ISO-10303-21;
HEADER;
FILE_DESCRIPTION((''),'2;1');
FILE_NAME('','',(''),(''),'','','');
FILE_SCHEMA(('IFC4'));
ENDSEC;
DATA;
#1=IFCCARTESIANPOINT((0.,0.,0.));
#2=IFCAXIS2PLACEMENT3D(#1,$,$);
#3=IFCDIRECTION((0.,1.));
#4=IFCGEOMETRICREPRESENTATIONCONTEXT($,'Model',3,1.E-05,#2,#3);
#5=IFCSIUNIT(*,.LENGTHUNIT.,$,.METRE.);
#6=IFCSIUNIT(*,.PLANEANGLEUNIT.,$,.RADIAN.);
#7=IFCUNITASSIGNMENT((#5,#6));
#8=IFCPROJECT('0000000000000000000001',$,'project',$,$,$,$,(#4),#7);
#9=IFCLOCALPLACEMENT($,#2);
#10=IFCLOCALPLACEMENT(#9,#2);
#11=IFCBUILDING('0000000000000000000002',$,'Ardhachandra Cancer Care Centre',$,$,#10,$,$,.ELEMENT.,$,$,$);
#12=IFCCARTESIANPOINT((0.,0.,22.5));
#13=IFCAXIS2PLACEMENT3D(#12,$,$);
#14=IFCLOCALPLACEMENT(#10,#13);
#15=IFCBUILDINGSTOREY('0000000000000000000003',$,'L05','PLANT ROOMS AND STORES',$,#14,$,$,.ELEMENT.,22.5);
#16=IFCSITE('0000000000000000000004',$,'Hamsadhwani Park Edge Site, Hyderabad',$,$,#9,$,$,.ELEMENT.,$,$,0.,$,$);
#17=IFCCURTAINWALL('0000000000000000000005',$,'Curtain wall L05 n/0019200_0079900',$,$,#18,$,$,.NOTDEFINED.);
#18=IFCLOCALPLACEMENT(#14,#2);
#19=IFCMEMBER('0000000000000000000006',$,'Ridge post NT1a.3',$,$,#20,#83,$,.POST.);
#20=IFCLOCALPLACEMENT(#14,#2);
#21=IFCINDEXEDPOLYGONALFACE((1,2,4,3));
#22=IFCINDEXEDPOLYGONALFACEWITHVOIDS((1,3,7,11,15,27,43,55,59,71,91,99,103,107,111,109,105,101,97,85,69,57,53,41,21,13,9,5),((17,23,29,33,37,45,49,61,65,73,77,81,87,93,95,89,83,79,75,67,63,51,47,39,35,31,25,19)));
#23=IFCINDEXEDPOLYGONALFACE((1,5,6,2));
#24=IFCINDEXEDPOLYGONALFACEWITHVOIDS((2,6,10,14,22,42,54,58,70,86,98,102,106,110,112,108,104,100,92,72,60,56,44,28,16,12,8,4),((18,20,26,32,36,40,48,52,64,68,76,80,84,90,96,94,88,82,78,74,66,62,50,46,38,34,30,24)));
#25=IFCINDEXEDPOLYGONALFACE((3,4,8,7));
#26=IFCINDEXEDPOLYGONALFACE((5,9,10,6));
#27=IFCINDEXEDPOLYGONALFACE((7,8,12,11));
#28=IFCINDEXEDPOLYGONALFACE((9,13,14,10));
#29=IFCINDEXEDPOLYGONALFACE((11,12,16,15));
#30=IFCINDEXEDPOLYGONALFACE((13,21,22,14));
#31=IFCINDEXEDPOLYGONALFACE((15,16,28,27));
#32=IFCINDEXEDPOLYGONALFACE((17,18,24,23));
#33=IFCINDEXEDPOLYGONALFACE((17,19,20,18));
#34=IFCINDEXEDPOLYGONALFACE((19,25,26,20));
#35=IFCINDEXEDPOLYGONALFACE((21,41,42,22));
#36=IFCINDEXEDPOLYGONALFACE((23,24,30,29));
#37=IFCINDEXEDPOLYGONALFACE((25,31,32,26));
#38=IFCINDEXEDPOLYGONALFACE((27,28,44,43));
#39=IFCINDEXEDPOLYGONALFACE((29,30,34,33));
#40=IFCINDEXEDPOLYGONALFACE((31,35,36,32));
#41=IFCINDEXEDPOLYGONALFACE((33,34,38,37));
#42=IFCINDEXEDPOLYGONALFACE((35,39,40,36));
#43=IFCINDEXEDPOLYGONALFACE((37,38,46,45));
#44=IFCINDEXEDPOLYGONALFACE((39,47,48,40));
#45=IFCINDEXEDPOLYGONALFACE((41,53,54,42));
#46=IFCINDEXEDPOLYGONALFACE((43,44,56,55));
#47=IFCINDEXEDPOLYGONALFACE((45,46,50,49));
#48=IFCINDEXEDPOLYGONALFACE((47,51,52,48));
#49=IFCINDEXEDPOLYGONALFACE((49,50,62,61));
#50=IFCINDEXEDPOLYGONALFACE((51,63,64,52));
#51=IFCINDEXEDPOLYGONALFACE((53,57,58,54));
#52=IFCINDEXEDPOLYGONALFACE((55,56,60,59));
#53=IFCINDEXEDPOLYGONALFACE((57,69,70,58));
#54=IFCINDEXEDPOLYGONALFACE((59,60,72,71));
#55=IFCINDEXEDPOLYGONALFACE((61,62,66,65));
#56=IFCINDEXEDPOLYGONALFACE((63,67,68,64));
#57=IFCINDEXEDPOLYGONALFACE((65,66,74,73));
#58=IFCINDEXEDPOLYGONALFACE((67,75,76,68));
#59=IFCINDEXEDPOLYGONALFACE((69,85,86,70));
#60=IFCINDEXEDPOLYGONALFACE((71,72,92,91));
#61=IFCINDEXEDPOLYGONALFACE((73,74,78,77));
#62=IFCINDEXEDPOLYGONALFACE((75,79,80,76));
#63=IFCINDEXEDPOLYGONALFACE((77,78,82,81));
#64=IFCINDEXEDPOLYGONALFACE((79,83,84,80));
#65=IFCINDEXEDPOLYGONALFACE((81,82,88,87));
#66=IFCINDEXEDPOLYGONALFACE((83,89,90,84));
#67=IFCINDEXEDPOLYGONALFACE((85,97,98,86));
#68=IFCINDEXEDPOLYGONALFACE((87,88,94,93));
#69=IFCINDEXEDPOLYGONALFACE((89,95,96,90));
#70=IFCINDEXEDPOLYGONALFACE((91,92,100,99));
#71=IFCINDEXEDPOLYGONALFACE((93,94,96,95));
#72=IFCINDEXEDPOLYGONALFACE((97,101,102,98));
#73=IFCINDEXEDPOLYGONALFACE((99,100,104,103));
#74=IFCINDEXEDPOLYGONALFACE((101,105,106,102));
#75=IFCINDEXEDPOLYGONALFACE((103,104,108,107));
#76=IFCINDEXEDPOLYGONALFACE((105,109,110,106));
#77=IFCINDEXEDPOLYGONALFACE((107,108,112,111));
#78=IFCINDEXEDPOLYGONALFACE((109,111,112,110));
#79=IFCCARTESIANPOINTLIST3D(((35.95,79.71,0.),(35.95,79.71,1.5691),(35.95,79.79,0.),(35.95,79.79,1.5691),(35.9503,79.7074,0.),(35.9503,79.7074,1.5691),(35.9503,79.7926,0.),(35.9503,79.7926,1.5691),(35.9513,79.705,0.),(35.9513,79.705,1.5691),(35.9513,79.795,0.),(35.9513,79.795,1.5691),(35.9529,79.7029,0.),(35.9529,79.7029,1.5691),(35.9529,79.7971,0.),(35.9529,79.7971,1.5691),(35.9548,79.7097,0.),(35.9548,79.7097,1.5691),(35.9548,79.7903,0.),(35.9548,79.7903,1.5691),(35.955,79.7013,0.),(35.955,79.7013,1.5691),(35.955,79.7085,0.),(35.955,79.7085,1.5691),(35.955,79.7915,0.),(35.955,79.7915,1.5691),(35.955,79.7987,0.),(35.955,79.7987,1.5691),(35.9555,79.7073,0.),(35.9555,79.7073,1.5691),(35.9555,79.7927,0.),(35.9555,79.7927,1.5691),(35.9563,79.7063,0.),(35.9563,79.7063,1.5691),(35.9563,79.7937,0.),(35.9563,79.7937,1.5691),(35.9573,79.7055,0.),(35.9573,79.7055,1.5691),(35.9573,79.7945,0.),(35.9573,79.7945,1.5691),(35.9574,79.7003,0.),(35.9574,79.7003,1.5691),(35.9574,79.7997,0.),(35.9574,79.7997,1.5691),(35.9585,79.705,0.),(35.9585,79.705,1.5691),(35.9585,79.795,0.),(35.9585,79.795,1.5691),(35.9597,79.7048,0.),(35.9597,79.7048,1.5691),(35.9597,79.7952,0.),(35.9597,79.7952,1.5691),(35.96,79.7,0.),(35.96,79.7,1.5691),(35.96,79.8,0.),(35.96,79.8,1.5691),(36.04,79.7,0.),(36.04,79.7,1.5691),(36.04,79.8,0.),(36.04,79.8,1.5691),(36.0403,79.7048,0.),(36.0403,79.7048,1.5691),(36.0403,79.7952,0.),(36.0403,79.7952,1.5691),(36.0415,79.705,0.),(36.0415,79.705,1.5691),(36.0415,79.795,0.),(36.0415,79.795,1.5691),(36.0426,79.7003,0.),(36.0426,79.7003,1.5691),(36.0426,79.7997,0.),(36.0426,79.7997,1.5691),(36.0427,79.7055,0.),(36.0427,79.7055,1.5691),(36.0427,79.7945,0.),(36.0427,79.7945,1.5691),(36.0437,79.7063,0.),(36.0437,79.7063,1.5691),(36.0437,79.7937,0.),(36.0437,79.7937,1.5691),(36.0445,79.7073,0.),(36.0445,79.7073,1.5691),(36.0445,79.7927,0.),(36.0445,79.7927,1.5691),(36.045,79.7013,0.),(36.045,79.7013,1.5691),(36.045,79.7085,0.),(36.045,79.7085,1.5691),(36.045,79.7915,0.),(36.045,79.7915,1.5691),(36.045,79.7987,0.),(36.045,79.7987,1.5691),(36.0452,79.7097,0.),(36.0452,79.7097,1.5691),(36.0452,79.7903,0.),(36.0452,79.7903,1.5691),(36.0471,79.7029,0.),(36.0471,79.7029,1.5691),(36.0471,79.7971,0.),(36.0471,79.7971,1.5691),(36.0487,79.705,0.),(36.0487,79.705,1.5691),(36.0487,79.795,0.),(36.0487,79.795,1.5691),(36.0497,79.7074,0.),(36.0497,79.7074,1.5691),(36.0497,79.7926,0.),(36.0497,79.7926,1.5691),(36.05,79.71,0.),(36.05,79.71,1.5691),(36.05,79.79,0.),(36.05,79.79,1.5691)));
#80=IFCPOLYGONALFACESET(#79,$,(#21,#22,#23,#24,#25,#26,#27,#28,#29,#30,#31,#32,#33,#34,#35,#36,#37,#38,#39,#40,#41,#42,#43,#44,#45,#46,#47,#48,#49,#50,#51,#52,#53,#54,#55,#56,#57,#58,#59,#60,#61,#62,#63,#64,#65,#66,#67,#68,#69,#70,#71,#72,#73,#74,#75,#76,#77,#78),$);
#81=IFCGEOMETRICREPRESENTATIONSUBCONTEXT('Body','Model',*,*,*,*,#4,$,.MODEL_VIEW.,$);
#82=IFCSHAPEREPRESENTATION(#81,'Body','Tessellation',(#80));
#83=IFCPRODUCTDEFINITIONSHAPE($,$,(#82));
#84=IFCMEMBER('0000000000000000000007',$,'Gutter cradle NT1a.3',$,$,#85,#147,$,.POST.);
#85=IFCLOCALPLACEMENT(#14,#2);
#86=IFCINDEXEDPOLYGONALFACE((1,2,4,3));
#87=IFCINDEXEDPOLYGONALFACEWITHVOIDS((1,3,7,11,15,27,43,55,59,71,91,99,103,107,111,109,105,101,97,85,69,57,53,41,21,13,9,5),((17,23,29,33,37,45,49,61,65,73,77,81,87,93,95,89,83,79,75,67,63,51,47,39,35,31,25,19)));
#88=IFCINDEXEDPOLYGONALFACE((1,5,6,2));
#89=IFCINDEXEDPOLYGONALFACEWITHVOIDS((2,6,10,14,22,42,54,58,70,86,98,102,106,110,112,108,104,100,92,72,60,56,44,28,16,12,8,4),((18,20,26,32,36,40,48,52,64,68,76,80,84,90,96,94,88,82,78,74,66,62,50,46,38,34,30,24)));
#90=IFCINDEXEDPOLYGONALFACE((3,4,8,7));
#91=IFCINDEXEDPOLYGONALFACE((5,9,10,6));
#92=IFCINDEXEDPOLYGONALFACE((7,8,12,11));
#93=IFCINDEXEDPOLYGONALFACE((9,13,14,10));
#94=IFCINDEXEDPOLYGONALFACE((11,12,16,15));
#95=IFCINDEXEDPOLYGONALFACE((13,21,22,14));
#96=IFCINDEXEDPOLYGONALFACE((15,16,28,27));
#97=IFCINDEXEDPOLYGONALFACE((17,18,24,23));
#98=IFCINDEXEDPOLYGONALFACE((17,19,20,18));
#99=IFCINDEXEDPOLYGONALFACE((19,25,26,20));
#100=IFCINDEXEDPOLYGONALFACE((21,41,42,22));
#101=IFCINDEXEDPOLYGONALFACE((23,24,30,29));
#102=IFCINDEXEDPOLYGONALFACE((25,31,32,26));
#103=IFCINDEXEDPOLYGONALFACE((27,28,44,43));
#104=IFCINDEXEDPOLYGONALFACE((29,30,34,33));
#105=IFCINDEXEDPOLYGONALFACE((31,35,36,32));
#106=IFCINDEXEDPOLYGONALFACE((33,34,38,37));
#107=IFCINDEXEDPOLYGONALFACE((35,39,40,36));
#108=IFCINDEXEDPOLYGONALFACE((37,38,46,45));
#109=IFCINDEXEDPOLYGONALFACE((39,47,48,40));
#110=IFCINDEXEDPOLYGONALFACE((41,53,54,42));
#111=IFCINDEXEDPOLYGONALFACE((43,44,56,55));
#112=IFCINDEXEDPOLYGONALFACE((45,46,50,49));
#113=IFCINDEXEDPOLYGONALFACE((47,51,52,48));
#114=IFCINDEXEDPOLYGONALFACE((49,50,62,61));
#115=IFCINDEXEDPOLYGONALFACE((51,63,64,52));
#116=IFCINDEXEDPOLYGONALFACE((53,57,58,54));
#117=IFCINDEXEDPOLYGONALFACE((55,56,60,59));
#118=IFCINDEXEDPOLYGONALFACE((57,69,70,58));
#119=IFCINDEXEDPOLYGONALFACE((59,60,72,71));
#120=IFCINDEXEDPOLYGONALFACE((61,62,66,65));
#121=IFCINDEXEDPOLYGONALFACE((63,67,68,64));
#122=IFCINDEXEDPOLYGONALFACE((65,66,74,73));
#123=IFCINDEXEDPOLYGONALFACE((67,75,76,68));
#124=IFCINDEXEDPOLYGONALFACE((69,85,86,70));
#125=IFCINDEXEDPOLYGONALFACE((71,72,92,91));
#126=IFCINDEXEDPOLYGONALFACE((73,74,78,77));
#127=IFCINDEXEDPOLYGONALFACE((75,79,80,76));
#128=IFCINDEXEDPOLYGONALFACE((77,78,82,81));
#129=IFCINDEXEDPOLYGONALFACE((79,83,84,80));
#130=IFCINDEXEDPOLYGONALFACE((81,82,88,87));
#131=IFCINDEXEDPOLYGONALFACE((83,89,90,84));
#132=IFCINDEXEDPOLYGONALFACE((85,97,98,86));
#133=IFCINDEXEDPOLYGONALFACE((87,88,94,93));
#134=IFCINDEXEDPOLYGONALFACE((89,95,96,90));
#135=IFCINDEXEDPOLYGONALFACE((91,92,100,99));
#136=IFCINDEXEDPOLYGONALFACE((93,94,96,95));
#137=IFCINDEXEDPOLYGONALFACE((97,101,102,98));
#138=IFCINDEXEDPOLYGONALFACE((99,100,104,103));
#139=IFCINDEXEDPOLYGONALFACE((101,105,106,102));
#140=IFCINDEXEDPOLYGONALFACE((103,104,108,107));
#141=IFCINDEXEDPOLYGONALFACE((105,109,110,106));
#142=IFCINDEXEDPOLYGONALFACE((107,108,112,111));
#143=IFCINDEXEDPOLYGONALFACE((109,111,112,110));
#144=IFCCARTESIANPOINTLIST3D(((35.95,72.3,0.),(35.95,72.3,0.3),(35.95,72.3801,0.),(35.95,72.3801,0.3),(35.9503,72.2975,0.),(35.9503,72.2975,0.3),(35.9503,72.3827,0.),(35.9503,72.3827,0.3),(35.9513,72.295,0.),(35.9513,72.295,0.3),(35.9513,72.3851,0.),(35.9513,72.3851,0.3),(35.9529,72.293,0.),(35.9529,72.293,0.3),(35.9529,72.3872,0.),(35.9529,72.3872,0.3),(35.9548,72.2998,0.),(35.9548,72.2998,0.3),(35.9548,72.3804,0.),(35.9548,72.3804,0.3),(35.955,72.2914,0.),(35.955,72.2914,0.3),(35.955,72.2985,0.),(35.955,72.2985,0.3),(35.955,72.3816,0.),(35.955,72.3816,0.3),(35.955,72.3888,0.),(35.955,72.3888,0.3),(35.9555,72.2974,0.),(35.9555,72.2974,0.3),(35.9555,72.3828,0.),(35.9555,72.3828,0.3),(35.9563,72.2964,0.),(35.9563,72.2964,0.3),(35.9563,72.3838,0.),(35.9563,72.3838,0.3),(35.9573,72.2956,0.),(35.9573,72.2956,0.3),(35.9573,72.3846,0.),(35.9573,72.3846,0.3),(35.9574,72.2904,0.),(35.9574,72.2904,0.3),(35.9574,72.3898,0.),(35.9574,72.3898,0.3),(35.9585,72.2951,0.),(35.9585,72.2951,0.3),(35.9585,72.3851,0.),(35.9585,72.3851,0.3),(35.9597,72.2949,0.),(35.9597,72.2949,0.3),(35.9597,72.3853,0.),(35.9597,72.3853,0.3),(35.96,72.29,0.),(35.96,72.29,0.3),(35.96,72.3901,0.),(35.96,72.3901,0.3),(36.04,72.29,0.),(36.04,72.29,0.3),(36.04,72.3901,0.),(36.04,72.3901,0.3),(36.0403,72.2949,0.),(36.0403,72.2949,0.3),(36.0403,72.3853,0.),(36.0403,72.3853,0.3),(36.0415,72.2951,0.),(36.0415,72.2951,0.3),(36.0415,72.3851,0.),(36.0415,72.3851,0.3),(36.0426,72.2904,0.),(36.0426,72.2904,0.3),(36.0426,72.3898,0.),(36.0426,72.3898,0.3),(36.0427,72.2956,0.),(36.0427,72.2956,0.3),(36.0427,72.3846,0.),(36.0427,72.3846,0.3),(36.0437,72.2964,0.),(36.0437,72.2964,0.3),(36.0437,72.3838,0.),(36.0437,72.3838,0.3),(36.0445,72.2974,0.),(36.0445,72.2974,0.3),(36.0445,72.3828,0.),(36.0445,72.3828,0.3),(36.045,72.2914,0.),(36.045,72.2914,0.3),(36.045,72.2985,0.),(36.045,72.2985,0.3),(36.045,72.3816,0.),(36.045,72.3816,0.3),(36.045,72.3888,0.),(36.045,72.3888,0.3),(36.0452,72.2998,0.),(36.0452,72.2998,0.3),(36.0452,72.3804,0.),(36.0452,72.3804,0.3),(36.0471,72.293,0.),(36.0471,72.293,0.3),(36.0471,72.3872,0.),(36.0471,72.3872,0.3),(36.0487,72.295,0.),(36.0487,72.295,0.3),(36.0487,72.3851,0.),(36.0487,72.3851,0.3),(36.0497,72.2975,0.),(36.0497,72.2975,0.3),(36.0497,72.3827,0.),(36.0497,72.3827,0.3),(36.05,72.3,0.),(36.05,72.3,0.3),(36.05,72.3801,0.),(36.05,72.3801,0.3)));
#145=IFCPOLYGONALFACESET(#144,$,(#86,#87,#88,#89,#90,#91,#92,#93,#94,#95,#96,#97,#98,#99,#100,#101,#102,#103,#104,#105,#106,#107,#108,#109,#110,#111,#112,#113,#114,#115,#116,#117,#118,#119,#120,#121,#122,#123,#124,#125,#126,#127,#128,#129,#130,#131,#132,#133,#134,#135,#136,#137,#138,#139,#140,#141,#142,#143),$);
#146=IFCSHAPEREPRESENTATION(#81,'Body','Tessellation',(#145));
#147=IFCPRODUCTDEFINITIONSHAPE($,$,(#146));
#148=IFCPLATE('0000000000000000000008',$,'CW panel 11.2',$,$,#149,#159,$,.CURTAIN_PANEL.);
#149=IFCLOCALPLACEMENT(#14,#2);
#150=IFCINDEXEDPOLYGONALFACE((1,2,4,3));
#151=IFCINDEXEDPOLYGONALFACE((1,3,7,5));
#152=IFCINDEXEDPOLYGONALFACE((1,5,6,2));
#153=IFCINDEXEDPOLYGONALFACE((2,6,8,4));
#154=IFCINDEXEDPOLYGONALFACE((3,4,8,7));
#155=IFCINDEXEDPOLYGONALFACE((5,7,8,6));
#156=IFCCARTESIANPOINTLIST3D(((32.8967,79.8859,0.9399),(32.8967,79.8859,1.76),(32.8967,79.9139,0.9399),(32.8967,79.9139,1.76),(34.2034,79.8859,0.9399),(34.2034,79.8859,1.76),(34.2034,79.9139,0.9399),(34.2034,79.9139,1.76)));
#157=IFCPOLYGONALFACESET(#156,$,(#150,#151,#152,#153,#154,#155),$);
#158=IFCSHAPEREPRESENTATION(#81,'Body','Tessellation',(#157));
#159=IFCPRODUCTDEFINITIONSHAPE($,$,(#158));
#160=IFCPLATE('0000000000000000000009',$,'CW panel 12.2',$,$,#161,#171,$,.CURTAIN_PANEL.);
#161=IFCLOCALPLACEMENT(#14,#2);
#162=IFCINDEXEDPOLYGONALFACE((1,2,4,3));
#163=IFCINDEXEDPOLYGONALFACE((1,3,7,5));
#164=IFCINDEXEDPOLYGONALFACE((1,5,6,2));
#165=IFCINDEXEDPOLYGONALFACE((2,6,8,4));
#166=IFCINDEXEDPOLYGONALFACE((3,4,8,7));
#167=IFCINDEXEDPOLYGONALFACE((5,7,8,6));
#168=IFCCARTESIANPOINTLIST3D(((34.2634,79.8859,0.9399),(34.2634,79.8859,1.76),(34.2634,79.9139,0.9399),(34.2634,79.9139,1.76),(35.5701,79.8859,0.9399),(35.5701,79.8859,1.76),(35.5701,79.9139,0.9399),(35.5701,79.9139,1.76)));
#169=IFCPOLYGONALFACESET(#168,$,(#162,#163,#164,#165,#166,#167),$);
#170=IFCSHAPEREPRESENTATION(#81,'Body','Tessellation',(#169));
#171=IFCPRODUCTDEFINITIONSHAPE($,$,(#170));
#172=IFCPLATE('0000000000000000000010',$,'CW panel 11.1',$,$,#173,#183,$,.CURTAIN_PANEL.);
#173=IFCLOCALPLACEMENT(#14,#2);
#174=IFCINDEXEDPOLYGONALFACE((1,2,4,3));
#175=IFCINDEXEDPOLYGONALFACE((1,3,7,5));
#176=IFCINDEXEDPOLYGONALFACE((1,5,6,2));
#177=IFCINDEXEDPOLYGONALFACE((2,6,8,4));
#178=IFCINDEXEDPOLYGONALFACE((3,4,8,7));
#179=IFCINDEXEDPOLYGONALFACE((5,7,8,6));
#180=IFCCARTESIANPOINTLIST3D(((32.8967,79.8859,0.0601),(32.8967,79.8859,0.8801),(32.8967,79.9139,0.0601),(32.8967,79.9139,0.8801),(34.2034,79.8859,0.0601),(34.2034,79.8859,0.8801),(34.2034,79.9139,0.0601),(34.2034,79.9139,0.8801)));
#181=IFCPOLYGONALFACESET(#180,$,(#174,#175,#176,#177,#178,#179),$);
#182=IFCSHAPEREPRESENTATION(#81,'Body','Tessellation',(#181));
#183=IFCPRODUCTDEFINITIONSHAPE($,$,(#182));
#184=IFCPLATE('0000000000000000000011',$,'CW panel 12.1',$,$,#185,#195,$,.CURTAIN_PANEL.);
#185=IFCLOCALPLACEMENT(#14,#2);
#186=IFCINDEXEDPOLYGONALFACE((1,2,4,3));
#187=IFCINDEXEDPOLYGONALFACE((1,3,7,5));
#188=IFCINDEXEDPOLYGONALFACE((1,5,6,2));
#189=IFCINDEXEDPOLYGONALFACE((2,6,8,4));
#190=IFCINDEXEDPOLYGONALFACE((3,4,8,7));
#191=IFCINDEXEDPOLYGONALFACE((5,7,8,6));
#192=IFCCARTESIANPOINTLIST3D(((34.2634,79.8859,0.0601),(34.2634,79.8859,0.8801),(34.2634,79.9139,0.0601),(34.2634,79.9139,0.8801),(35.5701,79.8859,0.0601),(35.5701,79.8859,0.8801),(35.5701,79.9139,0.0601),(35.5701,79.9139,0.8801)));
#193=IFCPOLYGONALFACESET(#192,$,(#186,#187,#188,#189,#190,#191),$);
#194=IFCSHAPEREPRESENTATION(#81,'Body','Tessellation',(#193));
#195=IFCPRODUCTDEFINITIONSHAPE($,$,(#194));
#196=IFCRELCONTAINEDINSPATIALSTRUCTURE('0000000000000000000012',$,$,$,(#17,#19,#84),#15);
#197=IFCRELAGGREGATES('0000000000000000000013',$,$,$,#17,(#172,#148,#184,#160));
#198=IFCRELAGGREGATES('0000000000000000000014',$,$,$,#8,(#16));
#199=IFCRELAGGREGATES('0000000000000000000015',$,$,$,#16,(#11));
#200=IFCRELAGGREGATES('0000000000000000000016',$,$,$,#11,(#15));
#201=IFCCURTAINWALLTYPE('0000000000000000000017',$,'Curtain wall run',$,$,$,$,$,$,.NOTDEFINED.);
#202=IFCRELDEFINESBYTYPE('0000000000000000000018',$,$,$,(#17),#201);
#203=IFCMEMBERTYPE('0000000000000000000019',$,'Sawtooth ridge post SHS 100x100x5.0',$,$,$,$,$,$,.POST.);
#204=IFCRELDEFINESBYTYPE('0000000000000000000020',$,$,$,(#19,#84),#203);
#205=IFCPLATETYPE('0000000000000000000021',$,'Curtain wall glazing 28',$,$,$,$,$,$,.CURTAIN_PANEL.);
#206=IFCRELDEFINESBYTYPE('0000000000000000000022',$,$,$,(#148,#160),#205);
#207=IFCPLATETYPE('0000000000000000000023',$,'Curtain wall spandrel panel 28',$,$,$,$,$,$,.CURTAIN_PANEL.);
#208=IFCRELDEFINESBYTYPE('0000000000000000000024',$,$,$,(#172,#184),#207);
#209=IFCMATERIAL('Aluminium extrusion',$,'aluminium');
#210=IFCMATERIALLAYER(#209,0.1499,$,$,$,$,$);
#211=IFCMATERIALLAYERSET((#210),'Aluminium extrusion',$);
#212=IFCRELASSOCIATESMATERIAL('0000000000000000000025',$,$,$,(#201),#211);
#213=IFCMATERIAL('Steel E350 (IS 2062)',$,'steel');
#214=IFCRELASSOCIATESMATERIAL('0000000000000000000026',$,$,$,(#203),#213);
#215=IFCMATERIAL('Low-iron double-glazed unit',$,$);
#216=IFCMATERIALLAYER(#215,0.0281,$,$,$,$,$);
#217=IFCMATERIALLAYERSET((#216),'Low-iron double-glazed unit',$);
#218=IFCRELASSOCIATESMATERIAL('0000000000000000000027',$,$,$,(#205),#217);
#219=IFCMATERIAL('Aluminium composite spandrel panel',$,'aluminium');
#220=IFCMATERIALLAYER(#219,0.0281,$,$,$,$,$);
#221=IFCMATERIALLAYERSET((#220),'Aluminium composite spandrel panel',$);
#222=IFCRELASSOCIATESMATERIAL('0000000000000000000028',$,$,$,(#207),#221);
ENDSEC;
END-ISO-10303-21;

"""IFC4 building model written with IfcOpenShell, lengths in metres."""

from ifc_helpers import new_model, si_unit, direction, frame, origin, origin_2d, place, context, subcontext, project, spatial, rectangle, hollow_rectangle, extrude, material, layer, layer_set, material_profile, profile_set, type_object, element, aggregate, save


model = new_model("IFC4")

# Units and contexts
model_context = context("Model", 3, precision=1e-05, world=origin(), true_north=direction((0.0, 1.0)))
body_context = subcontext(model_context, "Body", "Model", "MODEL_VIEW")
ifc_project = project(units=[si_unit("LENGTHUNIT", "METRE"), si_unit("PLANEANGLEUNIT", "RADIAN")], contexts=[model_context])

# Site, building, storey
site_placement = place(None, origin())
site = spatial("IfcSite", under=ifc_project, at=site_placement, Name="Hamsadhwani Park Edge Site, Hyderabad", CompositionType="ELEMENT", RefElevation=0.0)
building_placement = place(site_placement, origin())
building = spatial("IfcBuilding", under=site, at=building_placement, Name="Ardhachandra Cancer Care Centre", CompositionType="ELEMENT")
storey_placement = place(building_placement, frame((0.0, 0.0, 22.5)))
storey = spatial("IfcBuildingStorey", under=building, at=storey_placement, Name="L05", Description="PLANT ROOMS AND STORES", CompositionType="ELEMENT", Elevation=22.5)

# Curtain wall
ifc_material_1 = material(Name="Aluminium extrusion", Category="aluminium")
ifc_layer_1 = layer(ifc_material_1, 0.1499)
ifc_layer_set_1 = layer_set([ifc_layer_1], Name="Aluminium extrusion")
curtain_wall_type = type_object("IfcCurtainWallType", Name="Curtain wall run", PredefinedType="NOTDEFINED", material=ifc_layer_set_1)
curtain_wall_placement = place(storey_placement, origin())
curtain_wall = element("IfcCurtainWall", 1, at=curtain_wall_placement, inside=storey, type_object=curtain_wall_type, Name="Curtain wall L05 n/0019200_0079900", PredefinedType="NOTDEFINED")

# Members
ifc_material_2 = material(Name="Steel E350 (IS 2062)", Category="steel")
ifc_material_profile_1 = material_profile(ifc_material_2, hollow_rectangle(XDim=0.1001, YDim=0.1001, WallThickness=0.0049, InnerFilletRadius=0.0049, OuterFilletRadius=0.01, at=origin_2d()), Name="SHS 100x100x5.0")
ifc_profile_set_1 = profile_set([ifc_material_profile_1], Name="Steel E350 (IS 2062)")
member_type_1 = type_object("IfcMemberType", Name="Sawtooth ridge post SHS 100x100x5.0", PredefinedType="POST", material=ifc_profile_set_1)
member_1_placement = place(storey_placement, frame((36.0, 79.75, 0.0), z_axis=(0.0, 0.0, 1.0), x_axis=(1.0, 0.0, 0.0)))
element("IfcMember", 2, at=member_1_placement, inside=storey, type_object=member_type_1, Name="Ridge post NT1a.3", PredefinedType="POST", context=body_context, shape_type="SweptSolid", body=[
    extrude(hollow_rectangle(XDim=0.1001, YDim=0.1001, WallThickness=0.0049, InnerFilletRadius=0.0049, OuterFilletRadius=0.01, at=origin_2d()), origin(), (0.0, 0.0, 1.0), 1.5691),
])
member_2_placement = place(storey_placement, frame((36.0, 72.3401, 0.0), z_axis=(0.0, 0.0, 1.0), x_axis=(1.0, 0.0, 0.0)))
element("IfcMember", 3, at=member_2_placement, inside=storey, type_object=member_type_1, Name="Gutter cradle NT1a.3", PredefinedType="POST", context=body_context, shape_type="SweptSolid", body=[
    extrude(hollow_rectangle(XDim=0.1001, YDim=0.1001, WallThickness=0.0049, InnerFilletRadius=0.0049, OuterFilletRadius=0.01, at=origin_2d()), origin(), (0.0, 0.0, 1.0), 0.3),
])

# Plates
ifc_material_3 = material(Name="Low-iron double-glazed unit")
ifc_layer_2 = layer(ifc_material_3, 0.0281)
ifc_layer_set_2 = layer_set([ifc_layer_2], Name="Low-iron double-glazed unit")
plate_type_1 = type_object("IfcPlateType", Name="Curtain wall glazing 28", PredefinedType="CURTAIN_PANEL", material=ifc_layer_set_2)
plate_1_placement = place(storey_placement, frame((33.55, 79.8999, 0.9399), z_axis=(0.0, 0.0, 1.0), x_axis=(1.0, 0.0, 0.0)))
plate_1 = element("IfcPlate", 4, at=plate_1_placement, type_object=plate_type_1, Name="CW panel 11.2", PredefinedType="CURTAIN_PANEL", context=body_context, shape_type="SweptSolid", body=[
    extrude(rectangle(XDim=1.3066, YDim=0.0281, at=origin_2d()), origin(), (0.0, 0.0, 1.0), 0.8201),
])
plate_2_placement = place(storey_placement, frame((34.9167, 79.8999, 0.9399), z_axis=(0.0, 0.0, 1.0), x_axis=(1.0, 0.0, 0.0)))
plate_2 = element("IfcPlate", 5, at=plate_2_placement, type_object=plate_type_1, Name="CW panel 12.2", PredefinedType="CURTAIN_PANEL", context=body_context, shape_type="SweptSolid", body=[
    extrude(rectangle(XDim=1.3066, YDim=0.0281, at=origin_2d()), origin(), (0.0, 0.0, 1.0), 0.8201),
])
ifc_material_4 = material(Name="Aluminium composite spandrel panel", Category="aluminium")
ifc_layer_3 = layer(ifc_material_4, 0.0281)
ifc_layer_set_3 = layer_set([ifc_layer_3], Name="Aluminium composite spandrel panel")
plate_type_2 = type_object("IfcPlateType", Name="Curtain wall spandrel panel 28", PredefinedType="CURTAIN_PANEL", material=ifc_layer_set_3)
plate_3_placement = place(storey_placement, frame((33.55, 79.8999, 0.0601), z_axis=(0.0, 0.0, 1.0), x_axis=(1.0, 0.0, 0.0)))
plate_3 = element("IfcPlate", 6, at=plate_3_placement, type_object=plate_type_2, Name="CW panel 11.1", PredefinedType="CURTAIN_PANEL", context=body_context, shape_type="SweptSolid", body=[
    extrude(rectangle(XDim=1.3066, YDim=0.0281, at=origin_2d()), origin(), (0.0, 0.0, 1.0), 0.8201),
])
plate_4_placement = place(storey_placement, frame((34.9167, 79.8999, 0.0601), z_axis=(0.0, 0.0, 1.0), x_axis=(1.0, 0.0, 0.0)))
plate_4 = element("IfcPlate", 7, at=plate_4_placement, type_object=plate_type_2, Name="CW panel 12.1", PredefinedType="CURTAIN_PANEL", context=body_context, shape_type="SweptSolid", body=[
    extrude(rectangle(XDim=1.3066, YDim=0.0281, at=origin_2d()), origin(), (0.0, 0.0, 1.0), 0.8201),
])
aggregate(curtain_wall, [plate_3, plate_1, plate_4, plate_2])

save(model, "model.ifc")
